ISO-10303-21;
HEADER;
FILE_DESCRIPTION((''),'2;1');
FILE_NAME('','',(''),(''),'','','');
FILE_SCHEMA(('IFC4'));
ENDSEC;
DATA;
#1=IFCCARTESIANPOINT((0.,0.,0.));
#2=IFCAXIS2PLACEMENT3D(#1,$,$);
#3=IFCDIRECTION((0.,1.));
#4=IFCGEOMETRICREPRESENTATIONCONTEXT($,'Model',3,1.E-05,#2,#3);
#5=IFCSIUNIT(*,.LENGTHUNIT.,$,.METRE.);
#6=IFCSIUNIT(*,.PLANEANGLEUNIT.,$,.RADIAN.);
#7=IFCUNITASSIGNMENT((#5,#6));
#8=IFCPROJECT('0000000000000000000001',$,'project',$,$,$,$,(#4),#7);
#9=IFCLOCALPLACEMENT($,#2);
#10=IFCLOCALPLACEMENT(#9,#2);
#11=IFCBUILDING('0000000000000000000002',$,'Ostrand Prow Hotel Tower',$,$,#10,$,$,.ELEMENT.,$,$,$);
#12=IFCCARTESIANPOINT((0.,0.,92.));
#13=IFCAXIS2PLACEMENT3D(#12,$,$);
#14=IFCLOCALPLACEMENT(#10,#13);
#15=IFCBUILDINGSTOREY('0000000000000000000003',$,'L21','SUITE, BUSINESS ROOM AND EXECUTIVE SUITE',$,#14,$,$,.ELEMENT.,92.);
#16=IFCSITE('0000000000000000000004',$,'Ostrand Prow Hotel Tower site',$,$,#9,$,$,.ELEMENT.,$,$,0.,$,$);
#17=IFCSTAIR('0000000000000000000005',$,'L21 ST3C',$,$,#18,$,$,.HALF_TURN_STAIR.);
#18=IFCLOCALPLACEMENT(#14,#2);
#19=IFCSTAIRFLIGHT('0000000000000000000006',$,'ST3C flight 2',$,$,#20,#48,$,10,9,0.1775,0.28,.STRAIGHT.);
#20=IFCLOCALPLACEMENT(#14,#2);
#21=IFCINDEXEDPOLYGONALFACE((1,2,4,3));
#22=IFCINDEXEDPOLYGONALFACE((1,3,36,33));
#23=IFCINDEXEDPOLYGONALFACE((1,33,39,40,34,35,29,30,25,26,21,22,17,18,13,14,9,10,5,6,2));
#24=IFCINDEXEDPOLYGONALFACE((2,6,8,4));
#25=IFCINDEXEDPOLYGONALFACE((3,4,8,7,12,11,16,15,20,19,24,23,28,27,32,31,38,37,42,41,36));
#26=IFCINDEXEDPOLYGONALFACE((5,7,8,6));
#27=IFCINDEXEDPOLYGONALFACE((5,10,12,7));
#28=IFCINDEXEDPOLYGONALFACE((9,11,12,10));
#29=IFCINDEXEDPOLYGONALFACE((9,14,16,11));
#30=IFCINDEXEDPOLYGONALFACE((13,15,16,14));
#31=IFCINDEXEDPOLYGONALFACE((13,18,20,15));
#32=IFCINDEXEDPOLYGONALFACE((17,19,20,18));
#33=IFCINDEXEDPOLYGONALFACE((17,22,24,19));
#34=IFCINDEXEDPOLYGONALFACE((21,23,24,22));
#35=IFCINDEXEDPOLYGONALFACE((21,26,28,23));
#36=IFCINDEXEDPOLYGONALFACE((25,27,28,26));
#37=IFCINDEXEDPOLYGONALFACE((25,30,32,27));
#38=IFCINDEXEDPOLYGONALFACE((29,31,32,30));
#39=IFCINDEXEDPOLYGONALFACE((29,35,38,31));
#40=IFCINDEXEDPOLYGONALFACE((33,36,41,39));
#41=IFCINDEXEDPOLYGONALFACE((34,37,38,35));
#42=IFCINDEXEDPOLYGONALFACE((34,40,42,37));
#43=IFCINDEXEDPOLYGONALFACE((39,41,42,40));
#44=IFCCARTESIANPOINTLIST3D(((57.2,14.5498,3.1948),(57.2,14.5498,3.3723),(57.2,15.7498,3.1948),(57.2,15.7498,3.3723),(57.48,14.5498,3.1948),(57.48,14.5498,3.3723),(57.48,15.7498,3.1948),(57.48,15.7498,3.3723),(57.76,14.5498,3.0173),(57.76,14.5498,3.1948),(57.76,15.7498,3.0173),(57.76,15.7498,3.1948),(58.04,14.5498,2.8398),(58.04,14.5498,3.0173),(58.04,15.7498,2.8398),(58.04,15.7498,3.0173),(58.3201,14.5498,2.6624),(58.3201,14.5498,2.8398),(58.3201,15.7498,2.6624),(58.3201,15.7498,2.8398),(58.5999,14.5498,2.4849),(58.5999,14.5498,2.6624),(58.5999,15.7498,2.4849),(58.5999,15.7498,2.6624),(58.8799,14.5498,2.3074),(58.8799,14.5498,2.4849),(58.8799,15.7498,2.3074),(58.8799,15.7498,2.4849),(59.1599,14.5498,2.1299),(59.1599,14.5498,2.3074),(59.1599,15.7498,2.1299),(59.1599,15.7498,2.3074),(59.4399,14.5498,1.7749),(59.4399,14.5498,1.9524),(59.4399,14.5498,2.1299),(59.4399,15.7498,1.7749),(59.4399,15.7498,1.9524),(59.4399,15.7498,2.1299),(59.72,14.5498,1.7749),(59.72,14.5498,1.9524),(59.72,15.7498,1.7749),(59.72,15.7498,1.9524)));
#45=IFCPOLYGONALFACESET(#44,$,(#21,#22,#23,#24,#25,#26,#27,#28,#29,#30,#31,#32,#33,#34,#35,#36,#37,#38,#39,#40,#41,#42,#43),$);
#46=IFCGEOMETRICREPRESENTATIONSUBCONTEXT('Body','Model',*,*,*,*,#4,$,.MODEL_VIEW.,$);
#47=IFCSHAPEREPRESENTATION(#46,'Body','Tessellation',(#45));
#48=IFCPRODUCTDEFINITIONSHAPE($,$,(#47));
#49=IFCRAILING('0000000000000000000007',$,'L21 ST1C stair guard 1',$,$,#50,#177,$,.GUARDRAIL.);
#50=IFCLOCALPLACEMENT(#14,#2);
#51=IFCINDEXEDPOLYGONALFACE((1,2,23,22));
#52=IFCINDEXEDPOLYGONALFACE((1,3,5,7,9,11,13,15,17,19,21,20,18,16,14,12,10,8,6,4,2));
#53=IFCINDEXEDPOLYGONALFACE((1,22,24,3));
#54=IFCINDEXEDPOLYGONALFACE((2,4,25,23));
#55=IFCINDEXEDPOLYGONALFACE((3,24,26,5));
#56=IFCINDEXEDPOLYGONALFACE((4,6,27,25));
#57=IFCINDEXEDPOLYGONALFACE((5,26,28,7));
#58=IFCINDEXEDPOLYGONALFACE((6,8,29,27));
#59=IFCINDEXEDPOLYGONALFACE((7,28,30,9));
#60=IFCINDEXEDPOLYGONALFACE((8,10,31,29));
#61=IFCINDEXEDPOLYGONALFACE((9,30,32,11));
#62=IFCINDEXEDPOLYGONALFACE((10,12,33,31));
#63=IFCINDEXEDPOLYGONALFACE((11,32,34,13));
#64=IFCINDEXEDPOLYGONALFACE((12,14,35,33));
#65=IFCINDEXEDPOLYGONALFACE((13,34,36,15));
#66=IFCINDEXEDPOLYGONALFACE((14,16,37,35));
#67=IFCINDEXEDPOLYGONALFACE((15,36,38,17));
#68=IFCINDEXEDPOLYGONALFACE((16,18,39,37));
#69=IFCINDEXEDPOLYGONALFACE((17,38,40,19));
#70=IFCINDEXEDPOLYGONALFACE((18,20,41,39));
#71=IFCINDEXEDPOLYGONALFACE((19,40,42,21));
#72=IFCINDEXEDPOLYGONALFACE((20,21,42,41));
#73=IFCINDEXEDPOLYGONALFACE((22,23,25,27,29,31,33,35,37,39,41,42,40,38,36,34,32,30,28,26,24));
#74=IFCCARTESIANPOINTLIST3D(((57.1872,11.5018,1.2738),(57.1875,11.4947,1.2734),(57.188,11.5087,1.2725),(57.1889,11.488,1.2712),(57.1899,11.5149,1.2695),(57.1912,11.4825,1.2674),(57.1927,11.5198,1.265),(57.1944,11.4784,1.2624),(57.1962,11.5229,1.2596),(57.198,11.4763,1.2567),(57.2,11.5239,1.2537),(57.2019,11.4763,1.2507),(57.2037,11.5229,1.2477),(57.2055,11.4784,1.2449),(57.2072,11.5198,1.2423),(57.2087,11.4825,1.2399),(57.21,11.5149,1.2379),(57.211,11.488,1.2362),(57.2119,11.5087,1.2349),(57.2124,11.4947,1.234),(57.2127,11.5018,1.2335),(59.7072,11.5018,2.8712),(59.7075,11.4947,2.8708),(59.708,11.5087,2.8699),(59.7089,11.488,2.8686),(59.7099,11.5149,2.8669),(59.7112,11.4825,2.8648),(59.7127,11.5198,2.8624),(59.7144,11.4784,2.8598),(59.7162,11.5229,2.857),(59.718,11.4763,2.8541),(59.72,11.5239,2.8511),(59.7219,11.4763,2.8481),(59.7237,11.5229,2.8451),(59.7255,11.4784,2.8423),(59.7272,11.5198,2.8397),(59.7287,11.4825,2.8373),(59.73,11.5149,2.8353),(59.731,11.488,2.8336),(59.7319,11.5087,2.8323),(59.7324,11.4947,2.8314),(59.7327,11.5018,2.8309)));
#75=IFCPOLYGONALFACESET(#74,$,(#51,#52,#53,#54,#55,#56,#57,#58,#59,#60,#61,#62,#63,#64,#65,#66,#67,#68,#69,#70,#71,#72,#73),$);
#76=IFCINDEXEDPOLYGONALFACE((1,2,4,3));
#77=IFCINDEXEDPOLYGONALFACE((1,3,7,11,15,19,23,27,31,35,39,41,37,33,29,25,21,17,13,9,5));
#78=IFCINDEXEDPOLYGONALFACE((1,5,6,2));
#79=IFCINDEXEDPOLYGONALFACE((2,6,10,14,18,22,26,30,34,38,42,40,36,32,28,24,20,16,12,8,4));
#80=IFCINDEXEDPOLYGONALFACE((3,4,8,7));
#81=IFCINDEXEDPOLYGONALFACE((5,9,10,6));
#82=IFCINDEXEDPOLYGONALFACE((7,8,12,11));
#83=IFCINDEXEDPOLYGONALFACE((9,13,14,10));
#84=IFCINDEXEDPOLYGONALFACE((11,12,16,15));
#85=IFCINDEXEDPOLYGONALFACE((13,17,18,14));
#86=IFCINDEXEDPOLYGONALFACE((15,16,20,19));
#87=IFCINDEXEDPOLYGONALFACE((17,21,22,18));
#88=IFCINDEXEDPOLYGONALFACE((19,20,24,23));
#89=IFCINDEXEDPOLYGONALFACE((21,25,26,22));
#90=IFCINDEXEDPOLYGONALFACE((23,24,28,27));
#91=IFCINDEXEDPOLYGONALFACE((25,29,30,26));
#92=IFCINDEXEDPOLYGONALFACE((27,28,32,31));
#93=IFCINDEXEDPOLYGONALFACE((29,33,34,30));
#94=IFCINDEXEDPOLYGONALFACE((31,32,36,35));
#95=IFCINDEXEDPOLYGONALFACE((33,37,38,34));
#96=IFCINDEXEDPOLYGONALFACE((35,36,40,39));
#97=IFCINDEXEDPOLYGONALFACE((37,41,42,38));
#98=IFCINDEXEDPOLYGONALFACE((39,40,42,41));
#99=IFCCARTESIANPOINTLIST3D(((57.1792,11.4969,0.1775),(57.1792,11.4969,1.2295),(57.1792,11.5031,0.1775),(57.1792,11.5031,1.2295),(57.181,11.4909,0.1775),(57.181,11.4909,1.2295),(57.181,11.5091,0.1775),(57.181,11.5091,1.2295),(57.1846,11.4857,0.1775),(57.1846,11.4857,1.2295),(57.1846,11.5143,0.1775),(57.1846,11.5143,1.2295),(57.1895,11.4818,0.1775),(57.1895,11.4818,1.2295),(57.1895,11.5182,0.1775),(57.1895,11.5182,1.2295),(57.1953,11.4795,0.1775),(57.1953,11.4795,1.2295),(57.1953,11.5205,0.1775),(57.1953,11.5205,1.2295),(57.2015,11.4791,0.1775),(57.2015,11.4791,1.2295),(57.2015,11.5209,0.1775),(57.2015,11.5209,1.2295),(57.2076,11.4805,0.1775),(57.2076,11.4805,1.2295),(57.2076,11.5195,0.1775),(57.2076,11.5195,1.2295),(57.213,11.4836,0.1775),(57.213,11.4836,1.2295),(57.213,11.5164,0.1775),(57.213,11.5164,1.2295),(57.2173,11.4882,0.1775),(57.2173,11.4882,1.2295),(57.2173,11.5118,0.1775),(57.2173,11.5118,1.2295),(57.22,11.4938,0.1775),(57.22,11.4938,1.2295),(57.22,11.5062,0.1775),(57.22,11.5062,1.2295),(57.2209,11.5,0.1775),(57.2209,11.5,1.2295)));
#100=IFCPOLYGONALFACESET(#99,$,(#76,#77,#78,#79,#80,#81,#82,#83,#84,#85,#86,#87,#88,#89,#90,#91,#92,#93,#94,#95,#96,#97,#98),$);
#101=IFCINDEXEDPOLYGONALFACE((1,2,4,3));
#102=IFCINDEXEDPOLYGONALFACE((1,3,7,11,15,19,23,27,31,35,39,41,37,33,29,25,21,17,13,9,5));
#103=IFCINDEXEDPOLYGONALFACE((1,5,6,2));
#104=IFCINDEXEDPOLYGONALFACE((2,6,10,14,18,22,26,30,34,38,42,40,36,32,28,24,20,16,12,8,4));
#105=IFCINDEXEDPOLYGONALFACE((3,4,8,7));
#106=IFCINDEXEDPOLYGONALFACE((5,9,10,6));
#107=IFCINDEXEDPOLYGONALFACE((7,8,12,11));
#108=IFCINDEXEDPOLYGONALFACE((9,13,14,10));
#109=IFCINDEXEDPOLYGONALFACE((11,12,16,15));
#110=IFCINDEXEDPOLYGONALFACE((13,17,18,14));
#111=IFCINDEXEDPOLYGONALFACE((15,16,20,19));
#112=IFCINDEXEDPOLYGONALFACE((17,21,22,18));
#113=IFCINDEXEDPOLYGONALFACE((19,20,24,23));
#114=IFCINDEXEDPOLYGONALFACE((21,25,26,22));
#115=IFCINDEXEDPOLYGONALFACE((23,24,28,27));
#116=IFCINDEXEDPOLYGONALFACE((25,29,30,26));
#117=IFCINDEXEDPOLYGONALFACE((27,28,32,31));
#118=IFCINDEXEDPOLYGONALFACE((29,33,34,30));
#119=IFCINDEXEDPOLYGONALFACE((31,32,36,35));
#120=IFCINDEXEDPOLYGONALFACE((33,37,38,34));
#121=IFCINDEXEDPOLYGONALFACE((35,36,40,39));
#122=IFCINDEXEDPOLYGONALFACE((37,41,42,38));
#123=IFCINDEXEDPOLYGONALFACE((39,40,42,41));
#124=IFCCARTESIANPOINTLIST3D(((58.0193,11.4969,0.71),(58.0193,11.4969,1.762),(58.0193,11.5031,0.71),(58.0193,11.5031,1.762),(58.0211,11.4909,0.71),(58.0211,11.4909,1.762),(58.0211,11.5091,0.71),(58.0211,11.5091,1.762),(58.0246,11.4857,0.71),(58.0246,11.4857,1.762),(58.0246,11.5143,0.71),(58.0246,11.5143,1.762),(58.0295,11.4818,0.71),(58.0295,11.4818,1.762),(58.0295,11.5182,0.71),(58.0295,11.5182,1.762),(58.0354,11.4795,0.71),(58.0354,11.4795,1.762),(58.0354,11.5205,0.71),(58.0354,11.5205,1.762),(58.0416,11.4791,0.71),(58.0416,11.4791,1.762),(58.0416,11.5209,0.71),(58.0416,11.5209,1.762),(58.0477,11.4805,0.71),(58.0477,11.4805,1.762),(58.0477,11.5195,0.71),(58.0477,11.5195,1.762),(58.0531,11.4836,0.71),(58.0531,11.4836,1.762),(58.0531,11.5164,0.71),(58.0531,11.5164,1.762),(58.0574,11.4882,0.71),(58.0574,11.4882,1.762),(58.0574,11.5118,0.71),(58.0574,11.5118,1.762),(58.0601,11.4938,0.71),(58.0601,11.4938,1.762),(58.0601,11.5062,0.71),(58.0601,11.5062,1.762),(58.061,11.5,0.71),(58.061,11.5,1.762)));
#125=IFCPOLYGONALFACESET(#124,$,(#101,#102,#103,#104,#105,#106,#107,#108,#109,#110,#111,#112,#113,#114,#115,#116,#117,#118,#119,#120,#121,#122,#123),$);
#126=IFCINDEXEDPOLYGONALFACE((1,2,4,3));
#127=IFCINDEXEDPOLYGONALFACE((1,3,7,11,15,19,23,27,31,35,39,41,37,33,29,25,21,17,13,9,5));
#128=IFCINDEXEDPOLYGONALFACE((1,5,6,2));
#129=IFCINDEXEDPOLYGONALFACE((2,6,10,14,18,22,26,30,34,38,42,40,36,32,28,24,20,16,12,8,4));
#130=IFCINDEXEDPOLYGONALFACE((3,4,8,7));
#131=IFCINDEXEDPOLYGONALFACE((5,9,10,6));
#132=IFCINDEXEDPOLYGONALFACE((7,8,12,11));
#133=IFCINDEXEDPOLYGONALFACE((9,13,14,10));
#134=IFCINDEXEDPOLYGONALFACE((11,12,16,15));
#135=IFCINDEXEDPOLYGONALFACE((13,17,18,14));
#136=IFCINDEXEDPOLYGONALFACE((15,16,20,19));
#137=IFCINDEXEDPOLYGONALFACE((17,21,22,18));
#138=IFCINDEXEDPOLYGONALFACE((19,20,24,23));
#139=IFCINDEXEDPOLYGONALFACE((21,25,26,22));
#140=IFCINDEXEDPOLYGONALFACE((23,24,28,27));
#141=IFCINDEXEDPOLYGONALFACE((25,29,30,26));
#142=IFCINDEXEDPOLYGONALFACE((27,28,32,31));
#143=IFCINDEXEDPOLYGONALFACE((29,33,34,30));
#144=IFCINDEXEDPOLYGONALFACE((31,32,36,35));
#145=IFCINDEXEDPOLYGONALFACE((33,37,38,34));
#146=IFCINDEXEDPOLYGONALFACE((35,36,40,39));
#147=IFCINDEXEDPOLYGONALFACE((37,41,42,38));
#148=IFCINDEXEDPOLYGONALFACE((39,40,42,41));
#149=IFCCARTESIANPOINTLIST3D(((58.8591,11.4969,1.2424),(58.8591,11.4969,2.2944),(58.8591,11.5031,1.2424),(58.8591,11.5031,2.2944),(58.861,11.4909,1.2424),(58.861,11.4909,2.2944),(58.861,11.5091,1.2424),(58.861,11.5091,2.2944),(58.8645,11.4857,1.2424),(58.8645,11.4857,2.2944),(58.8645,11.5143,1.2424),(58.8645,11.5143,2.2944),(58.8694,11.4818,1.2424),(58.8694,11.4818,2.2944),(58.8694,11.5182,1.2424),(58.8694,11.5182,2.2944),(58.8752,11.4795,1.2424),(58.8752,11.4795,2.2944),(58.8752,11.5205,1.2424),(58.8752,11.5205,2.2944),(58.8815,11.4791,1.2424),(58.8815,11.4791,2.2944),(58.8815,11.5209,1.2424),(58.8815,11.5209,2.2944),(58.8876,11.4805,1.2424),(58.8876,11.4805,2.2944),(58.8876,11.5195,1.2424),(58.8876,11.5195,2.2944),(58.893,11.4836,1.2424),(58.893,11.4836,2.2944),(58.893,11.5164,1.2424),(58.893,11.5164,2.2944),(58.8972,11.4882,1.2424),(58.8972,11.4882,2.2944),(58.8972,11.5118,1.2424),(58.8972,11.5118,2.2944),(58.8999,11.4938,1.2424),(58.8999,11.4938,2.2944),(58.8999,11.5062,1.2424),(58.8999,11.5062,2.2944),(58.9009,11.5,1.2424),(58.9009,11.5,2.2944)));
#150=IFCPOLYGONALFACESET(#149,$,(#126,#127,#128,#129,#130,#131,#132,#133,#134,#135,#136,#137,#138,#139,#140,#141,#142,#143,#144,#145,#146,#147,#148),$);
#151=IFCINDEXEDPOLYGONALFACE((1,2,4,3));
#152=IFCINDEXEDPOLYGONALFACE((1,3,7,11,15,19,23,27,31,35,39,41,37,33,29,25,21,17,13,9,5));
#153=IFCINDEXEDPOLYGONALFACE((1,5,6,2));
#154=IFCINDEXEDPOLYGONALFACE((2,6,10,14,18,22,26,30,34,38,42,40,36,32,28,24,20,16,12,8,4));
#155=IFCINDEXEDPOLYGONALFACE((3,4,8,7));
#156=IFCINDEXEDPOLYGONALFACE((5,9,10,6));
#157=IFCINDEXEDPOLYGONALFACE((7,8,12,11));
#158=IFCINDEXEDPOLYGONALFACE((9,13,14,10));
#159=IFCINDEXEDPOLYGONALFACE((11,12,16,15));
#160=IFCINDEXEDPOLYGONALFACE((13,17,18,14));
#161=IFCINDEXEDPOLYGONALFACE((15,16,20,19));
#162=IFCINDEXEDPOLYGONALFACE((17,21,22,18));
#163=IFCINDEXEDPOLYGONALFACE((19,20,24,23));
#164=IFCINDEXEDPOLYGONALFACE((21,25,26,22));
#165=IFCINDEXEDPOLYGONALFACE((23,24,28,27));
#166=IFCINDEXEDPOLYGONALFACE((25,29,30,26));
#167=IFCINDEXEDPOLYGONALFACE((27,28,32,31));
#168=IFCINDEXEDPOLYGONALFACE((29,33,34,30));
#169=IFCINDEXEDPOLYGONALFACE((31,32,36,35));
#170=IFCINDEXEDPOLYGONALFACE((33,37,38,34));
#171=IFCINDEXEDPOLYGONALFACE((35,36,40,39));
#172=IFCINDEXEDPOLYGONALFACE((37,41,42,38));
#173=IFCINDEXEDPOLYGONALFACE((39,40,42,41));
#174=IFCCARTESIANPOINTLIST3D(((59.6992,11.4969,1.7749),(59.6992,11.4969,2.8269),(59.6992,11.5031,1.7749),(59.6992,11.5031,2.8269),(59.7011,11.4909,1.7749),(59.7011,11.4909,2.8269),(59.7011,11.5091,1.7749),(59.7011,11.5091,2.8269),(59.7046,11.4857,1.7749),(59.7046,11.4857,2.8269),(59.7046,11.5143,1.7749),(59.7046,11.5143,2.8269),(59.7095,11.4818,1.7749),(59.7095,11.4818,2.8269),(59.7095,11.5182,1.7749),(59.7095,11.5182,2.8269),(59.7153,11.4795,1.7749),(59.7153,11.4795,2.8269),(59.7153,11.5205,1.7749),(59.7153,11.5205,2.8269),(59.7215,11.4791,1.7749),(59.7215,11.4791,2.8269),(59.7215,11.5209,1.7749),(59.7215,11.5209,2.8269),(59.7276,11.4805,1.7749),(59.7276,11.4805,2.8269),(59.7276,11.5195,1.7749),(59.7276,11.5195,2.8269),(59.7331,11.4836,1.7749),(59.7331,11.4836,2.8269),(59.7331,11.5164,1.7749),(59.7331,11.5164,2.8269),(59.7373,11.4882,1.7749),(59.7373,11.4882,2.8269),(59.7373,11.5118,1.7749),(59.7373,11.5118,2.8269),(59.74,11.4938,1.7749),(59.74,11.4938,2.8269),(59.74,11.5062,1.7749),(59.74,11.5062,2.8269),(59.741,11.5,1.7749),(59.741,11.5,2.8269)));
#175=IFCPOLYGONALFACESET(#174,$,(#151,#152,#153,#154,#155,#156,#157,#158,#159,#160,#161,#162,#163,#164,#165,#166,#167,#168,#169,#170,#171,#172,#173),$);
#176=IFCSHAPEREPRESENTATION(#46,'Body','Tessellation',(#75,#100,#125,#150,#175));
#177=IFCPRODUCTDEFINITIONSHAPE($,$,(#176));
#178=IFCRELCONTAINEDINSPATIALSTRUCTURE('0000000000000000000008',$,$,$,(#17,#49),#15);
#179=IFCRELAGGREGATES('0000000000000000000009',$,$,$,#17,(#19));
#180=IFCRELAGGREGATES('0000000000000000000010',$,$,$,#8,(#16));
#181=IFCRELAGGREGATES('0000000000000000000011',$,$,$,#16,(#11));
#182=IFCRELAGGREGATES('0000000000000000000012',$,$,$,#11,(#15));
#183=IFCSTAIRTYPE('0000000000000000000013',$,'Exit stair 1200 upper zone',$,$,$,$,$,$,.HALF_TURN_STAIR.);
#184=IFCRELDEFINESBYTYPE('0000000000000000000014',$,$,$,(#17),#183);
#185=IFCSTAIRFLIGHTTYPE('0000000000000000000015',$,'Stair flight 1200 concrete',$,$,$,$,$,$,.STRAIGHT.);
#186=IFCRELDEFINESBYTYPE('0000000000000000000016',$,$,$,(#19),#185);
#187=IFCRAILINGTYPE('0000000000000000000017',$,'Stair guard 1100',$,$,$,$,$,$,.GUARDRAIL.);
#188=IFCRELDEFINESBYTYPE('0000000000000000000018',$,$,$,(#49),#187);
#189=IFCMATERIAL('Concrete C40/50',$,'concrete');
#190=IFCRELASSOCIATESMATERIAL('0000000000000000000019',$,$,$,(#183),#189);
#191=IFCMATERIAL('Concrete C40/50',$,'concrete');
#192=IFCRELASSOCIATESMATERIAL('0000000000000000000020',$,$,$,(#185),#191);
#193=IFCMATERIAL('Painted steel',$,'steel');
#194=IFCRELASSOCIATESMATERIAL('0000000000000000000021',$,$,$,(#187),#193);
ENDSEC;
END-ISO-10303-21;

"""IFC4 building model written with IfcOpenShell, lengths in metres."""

from ifc_helpers import new_model, si_unit, direction, frame, origin, origin_2d, place, context, subcontext, project, spatial, polyline, circle, outline, extrude, material, type_object, element, aggregate, save


model = new_model("IFC4")

# Units and contexts
model_context = context("Model", 3, precision=1e-05, world=origin(), true_north=direction((0.0, 1.0)))
body_context = subcontext(model_context, "Body", "Model", "MODEL_VIEW")
ifc_project = project(units=[si_unit("LENGTHUNIT", "METRE"), si_unit("PLANEANGLEUNIT", "RADIAN")], contexts=[model_context])

# Site, building, storey
site_placement = place(None, origin())
site = spatial("IfcSite", under=ifc_project, at=site_placement, Name="Ostrand Prow Hotel Tower site", CompositionType="ELEMENT", RefElevation=0.0)
building_placement = place(site_placement, origin())
building = spatial("IfcBuilding", under=site, at=building_placement, Name="Ostrand Prow Hotel Tower", CompositionType="ELEMENT")
storey_placement = place(building_placement, frame((0.0, 0.0, 92.0)))
storey = spatial("IfcBuildingStorey", under=building, at=storey_placement, Name="L21", Description="SUITE, BUSINESS ROOM AND EXECUTIVE SUITE", CompositionType="ELEMENT", Elevation=92.0)

# Shared definitions
ifc_material_1 = material(Name="Concrete C40/50", Category="concrete")
stair_type = type_object("IfcStairType", Name="Exit stair 1200 upper zone", PredefinedType="HALF_TURN_STAIR", material=ifc_material_1)
ifc_material_2 = material(Name="Concrete C40/50", Category="concrete")
stair_flight_type = type_object("IfcStairFlightType", Name="Stair flight 1200 concrete", PredefinedType="STRAIGHT", material=ifc_material_2)

# Stair, stair flight
stair_1_placement = place(storey_placement, origin())
stair_1 = element("IfcStair", 1, at=stair_1_placement, inside=storey, type_object=stair_type, Name="L21 ST3C", PredefinedType="HALF_TURN_STAIR")
stair_flight_1_placement = place(storey_placement, frame((59.72, 15.1499, 1.7749), z_axis=(0.0, 0.0, 1.0), x_axis=(-1.0, 0.0, 0.0)))
stair_flight_1 = element("IfcStairFlight", 2, at=stair_flight_1_placement, type_object=stair_flight_type, Name="ST3C flight 2", NumberOfRisers=10, NumberOfTreads=9, PredefinedType="STRAIGHT", RiserHeight=0.1775, TreadLength=0.28, context=body_context, shape_type="SweptSolid", body=[
    extrude(outline(polyline([(0.0, 0.0), (0.0, 0.1775), (0.28, 0.1775), (0.28, 0.355), (0.5601, 0.355), (0.5601, 0.5325), (0.8401, 0.5325), (0.8401, 0.71), (1.1201, 0.71), (1.1201, 0.8875), (1.3999, 0.8875), (1.3999, 1.0649), (1.6799, 1.0649), (1.6799, 1.2424), (1.96, 1.2424), (1.96, 1.4199), (2.24, 1.4199), (2.24, 1.5974), (2.52, 1.5974), (2.52, 1.7749), (2.52, 1.4199), (0.28, 0.0), (0.0, 0.0)])), frame((0.0, 0.6001, 0.0), z_axis=(0.0, -1.0, 0.0), x_axis=(1.0, 0.0, 0.0)), (0.0, 0.0, 1.0), 1.2),
])
aggregate(stair_1, [stair_flight_1])

# Railing
ifc_material_3 = material(Name="Painted steel", Category="steel")
railing_type_1 = type_object("IfcRailingType", Name="Stair guard 1100", PredefinedType="GUARDRAIL", material=ifc_material_3)
railing_1_placement = place(storey_placement, frame((57.2, 11.5, 0.1775)))
element("IfcRailing", 3, at=railing_1_placement, inside=storey, type_object=railing_type_1, Name="L21 ST1C stair guard 1", PredefinedType="GUARDRAIL", context=body_context, shape_type="SweptSolid", body=[
    extrude(circle(Radius=0.0239, at=origin_2d()), frame((0.0, 0.0, 1.0762), z_axis=(0.844607, 0.0, 0.535387), x_axis=(0.0, 1.0, 0.0)), (0.0, 0.0, 1.0), 2.9836),
    extrude(circle(Radius=0.021, at=origin_2d()), origin(), (0.0, 0.0, 1.0), 1.052),
    extrude(circle(Radius=0.021, at=origin_2d()), frame((0.8401, 0.0, 0.5325)), (0.0, 0.0, 1.0), 1.052),
    extrude(circle(Radius=0.021, at=origin_2d()), frame((1.6799, 0.0, 1.0649)), (0.0, 0.0, 1.0), 1.052),
    extrude(circle(Radius=0.021, at=origin_2d()), frame((2.52, 0.0, 1.5974)), (0.0, 0.0, 1.0), 1.052),
])

save(model, "model.ifc")
